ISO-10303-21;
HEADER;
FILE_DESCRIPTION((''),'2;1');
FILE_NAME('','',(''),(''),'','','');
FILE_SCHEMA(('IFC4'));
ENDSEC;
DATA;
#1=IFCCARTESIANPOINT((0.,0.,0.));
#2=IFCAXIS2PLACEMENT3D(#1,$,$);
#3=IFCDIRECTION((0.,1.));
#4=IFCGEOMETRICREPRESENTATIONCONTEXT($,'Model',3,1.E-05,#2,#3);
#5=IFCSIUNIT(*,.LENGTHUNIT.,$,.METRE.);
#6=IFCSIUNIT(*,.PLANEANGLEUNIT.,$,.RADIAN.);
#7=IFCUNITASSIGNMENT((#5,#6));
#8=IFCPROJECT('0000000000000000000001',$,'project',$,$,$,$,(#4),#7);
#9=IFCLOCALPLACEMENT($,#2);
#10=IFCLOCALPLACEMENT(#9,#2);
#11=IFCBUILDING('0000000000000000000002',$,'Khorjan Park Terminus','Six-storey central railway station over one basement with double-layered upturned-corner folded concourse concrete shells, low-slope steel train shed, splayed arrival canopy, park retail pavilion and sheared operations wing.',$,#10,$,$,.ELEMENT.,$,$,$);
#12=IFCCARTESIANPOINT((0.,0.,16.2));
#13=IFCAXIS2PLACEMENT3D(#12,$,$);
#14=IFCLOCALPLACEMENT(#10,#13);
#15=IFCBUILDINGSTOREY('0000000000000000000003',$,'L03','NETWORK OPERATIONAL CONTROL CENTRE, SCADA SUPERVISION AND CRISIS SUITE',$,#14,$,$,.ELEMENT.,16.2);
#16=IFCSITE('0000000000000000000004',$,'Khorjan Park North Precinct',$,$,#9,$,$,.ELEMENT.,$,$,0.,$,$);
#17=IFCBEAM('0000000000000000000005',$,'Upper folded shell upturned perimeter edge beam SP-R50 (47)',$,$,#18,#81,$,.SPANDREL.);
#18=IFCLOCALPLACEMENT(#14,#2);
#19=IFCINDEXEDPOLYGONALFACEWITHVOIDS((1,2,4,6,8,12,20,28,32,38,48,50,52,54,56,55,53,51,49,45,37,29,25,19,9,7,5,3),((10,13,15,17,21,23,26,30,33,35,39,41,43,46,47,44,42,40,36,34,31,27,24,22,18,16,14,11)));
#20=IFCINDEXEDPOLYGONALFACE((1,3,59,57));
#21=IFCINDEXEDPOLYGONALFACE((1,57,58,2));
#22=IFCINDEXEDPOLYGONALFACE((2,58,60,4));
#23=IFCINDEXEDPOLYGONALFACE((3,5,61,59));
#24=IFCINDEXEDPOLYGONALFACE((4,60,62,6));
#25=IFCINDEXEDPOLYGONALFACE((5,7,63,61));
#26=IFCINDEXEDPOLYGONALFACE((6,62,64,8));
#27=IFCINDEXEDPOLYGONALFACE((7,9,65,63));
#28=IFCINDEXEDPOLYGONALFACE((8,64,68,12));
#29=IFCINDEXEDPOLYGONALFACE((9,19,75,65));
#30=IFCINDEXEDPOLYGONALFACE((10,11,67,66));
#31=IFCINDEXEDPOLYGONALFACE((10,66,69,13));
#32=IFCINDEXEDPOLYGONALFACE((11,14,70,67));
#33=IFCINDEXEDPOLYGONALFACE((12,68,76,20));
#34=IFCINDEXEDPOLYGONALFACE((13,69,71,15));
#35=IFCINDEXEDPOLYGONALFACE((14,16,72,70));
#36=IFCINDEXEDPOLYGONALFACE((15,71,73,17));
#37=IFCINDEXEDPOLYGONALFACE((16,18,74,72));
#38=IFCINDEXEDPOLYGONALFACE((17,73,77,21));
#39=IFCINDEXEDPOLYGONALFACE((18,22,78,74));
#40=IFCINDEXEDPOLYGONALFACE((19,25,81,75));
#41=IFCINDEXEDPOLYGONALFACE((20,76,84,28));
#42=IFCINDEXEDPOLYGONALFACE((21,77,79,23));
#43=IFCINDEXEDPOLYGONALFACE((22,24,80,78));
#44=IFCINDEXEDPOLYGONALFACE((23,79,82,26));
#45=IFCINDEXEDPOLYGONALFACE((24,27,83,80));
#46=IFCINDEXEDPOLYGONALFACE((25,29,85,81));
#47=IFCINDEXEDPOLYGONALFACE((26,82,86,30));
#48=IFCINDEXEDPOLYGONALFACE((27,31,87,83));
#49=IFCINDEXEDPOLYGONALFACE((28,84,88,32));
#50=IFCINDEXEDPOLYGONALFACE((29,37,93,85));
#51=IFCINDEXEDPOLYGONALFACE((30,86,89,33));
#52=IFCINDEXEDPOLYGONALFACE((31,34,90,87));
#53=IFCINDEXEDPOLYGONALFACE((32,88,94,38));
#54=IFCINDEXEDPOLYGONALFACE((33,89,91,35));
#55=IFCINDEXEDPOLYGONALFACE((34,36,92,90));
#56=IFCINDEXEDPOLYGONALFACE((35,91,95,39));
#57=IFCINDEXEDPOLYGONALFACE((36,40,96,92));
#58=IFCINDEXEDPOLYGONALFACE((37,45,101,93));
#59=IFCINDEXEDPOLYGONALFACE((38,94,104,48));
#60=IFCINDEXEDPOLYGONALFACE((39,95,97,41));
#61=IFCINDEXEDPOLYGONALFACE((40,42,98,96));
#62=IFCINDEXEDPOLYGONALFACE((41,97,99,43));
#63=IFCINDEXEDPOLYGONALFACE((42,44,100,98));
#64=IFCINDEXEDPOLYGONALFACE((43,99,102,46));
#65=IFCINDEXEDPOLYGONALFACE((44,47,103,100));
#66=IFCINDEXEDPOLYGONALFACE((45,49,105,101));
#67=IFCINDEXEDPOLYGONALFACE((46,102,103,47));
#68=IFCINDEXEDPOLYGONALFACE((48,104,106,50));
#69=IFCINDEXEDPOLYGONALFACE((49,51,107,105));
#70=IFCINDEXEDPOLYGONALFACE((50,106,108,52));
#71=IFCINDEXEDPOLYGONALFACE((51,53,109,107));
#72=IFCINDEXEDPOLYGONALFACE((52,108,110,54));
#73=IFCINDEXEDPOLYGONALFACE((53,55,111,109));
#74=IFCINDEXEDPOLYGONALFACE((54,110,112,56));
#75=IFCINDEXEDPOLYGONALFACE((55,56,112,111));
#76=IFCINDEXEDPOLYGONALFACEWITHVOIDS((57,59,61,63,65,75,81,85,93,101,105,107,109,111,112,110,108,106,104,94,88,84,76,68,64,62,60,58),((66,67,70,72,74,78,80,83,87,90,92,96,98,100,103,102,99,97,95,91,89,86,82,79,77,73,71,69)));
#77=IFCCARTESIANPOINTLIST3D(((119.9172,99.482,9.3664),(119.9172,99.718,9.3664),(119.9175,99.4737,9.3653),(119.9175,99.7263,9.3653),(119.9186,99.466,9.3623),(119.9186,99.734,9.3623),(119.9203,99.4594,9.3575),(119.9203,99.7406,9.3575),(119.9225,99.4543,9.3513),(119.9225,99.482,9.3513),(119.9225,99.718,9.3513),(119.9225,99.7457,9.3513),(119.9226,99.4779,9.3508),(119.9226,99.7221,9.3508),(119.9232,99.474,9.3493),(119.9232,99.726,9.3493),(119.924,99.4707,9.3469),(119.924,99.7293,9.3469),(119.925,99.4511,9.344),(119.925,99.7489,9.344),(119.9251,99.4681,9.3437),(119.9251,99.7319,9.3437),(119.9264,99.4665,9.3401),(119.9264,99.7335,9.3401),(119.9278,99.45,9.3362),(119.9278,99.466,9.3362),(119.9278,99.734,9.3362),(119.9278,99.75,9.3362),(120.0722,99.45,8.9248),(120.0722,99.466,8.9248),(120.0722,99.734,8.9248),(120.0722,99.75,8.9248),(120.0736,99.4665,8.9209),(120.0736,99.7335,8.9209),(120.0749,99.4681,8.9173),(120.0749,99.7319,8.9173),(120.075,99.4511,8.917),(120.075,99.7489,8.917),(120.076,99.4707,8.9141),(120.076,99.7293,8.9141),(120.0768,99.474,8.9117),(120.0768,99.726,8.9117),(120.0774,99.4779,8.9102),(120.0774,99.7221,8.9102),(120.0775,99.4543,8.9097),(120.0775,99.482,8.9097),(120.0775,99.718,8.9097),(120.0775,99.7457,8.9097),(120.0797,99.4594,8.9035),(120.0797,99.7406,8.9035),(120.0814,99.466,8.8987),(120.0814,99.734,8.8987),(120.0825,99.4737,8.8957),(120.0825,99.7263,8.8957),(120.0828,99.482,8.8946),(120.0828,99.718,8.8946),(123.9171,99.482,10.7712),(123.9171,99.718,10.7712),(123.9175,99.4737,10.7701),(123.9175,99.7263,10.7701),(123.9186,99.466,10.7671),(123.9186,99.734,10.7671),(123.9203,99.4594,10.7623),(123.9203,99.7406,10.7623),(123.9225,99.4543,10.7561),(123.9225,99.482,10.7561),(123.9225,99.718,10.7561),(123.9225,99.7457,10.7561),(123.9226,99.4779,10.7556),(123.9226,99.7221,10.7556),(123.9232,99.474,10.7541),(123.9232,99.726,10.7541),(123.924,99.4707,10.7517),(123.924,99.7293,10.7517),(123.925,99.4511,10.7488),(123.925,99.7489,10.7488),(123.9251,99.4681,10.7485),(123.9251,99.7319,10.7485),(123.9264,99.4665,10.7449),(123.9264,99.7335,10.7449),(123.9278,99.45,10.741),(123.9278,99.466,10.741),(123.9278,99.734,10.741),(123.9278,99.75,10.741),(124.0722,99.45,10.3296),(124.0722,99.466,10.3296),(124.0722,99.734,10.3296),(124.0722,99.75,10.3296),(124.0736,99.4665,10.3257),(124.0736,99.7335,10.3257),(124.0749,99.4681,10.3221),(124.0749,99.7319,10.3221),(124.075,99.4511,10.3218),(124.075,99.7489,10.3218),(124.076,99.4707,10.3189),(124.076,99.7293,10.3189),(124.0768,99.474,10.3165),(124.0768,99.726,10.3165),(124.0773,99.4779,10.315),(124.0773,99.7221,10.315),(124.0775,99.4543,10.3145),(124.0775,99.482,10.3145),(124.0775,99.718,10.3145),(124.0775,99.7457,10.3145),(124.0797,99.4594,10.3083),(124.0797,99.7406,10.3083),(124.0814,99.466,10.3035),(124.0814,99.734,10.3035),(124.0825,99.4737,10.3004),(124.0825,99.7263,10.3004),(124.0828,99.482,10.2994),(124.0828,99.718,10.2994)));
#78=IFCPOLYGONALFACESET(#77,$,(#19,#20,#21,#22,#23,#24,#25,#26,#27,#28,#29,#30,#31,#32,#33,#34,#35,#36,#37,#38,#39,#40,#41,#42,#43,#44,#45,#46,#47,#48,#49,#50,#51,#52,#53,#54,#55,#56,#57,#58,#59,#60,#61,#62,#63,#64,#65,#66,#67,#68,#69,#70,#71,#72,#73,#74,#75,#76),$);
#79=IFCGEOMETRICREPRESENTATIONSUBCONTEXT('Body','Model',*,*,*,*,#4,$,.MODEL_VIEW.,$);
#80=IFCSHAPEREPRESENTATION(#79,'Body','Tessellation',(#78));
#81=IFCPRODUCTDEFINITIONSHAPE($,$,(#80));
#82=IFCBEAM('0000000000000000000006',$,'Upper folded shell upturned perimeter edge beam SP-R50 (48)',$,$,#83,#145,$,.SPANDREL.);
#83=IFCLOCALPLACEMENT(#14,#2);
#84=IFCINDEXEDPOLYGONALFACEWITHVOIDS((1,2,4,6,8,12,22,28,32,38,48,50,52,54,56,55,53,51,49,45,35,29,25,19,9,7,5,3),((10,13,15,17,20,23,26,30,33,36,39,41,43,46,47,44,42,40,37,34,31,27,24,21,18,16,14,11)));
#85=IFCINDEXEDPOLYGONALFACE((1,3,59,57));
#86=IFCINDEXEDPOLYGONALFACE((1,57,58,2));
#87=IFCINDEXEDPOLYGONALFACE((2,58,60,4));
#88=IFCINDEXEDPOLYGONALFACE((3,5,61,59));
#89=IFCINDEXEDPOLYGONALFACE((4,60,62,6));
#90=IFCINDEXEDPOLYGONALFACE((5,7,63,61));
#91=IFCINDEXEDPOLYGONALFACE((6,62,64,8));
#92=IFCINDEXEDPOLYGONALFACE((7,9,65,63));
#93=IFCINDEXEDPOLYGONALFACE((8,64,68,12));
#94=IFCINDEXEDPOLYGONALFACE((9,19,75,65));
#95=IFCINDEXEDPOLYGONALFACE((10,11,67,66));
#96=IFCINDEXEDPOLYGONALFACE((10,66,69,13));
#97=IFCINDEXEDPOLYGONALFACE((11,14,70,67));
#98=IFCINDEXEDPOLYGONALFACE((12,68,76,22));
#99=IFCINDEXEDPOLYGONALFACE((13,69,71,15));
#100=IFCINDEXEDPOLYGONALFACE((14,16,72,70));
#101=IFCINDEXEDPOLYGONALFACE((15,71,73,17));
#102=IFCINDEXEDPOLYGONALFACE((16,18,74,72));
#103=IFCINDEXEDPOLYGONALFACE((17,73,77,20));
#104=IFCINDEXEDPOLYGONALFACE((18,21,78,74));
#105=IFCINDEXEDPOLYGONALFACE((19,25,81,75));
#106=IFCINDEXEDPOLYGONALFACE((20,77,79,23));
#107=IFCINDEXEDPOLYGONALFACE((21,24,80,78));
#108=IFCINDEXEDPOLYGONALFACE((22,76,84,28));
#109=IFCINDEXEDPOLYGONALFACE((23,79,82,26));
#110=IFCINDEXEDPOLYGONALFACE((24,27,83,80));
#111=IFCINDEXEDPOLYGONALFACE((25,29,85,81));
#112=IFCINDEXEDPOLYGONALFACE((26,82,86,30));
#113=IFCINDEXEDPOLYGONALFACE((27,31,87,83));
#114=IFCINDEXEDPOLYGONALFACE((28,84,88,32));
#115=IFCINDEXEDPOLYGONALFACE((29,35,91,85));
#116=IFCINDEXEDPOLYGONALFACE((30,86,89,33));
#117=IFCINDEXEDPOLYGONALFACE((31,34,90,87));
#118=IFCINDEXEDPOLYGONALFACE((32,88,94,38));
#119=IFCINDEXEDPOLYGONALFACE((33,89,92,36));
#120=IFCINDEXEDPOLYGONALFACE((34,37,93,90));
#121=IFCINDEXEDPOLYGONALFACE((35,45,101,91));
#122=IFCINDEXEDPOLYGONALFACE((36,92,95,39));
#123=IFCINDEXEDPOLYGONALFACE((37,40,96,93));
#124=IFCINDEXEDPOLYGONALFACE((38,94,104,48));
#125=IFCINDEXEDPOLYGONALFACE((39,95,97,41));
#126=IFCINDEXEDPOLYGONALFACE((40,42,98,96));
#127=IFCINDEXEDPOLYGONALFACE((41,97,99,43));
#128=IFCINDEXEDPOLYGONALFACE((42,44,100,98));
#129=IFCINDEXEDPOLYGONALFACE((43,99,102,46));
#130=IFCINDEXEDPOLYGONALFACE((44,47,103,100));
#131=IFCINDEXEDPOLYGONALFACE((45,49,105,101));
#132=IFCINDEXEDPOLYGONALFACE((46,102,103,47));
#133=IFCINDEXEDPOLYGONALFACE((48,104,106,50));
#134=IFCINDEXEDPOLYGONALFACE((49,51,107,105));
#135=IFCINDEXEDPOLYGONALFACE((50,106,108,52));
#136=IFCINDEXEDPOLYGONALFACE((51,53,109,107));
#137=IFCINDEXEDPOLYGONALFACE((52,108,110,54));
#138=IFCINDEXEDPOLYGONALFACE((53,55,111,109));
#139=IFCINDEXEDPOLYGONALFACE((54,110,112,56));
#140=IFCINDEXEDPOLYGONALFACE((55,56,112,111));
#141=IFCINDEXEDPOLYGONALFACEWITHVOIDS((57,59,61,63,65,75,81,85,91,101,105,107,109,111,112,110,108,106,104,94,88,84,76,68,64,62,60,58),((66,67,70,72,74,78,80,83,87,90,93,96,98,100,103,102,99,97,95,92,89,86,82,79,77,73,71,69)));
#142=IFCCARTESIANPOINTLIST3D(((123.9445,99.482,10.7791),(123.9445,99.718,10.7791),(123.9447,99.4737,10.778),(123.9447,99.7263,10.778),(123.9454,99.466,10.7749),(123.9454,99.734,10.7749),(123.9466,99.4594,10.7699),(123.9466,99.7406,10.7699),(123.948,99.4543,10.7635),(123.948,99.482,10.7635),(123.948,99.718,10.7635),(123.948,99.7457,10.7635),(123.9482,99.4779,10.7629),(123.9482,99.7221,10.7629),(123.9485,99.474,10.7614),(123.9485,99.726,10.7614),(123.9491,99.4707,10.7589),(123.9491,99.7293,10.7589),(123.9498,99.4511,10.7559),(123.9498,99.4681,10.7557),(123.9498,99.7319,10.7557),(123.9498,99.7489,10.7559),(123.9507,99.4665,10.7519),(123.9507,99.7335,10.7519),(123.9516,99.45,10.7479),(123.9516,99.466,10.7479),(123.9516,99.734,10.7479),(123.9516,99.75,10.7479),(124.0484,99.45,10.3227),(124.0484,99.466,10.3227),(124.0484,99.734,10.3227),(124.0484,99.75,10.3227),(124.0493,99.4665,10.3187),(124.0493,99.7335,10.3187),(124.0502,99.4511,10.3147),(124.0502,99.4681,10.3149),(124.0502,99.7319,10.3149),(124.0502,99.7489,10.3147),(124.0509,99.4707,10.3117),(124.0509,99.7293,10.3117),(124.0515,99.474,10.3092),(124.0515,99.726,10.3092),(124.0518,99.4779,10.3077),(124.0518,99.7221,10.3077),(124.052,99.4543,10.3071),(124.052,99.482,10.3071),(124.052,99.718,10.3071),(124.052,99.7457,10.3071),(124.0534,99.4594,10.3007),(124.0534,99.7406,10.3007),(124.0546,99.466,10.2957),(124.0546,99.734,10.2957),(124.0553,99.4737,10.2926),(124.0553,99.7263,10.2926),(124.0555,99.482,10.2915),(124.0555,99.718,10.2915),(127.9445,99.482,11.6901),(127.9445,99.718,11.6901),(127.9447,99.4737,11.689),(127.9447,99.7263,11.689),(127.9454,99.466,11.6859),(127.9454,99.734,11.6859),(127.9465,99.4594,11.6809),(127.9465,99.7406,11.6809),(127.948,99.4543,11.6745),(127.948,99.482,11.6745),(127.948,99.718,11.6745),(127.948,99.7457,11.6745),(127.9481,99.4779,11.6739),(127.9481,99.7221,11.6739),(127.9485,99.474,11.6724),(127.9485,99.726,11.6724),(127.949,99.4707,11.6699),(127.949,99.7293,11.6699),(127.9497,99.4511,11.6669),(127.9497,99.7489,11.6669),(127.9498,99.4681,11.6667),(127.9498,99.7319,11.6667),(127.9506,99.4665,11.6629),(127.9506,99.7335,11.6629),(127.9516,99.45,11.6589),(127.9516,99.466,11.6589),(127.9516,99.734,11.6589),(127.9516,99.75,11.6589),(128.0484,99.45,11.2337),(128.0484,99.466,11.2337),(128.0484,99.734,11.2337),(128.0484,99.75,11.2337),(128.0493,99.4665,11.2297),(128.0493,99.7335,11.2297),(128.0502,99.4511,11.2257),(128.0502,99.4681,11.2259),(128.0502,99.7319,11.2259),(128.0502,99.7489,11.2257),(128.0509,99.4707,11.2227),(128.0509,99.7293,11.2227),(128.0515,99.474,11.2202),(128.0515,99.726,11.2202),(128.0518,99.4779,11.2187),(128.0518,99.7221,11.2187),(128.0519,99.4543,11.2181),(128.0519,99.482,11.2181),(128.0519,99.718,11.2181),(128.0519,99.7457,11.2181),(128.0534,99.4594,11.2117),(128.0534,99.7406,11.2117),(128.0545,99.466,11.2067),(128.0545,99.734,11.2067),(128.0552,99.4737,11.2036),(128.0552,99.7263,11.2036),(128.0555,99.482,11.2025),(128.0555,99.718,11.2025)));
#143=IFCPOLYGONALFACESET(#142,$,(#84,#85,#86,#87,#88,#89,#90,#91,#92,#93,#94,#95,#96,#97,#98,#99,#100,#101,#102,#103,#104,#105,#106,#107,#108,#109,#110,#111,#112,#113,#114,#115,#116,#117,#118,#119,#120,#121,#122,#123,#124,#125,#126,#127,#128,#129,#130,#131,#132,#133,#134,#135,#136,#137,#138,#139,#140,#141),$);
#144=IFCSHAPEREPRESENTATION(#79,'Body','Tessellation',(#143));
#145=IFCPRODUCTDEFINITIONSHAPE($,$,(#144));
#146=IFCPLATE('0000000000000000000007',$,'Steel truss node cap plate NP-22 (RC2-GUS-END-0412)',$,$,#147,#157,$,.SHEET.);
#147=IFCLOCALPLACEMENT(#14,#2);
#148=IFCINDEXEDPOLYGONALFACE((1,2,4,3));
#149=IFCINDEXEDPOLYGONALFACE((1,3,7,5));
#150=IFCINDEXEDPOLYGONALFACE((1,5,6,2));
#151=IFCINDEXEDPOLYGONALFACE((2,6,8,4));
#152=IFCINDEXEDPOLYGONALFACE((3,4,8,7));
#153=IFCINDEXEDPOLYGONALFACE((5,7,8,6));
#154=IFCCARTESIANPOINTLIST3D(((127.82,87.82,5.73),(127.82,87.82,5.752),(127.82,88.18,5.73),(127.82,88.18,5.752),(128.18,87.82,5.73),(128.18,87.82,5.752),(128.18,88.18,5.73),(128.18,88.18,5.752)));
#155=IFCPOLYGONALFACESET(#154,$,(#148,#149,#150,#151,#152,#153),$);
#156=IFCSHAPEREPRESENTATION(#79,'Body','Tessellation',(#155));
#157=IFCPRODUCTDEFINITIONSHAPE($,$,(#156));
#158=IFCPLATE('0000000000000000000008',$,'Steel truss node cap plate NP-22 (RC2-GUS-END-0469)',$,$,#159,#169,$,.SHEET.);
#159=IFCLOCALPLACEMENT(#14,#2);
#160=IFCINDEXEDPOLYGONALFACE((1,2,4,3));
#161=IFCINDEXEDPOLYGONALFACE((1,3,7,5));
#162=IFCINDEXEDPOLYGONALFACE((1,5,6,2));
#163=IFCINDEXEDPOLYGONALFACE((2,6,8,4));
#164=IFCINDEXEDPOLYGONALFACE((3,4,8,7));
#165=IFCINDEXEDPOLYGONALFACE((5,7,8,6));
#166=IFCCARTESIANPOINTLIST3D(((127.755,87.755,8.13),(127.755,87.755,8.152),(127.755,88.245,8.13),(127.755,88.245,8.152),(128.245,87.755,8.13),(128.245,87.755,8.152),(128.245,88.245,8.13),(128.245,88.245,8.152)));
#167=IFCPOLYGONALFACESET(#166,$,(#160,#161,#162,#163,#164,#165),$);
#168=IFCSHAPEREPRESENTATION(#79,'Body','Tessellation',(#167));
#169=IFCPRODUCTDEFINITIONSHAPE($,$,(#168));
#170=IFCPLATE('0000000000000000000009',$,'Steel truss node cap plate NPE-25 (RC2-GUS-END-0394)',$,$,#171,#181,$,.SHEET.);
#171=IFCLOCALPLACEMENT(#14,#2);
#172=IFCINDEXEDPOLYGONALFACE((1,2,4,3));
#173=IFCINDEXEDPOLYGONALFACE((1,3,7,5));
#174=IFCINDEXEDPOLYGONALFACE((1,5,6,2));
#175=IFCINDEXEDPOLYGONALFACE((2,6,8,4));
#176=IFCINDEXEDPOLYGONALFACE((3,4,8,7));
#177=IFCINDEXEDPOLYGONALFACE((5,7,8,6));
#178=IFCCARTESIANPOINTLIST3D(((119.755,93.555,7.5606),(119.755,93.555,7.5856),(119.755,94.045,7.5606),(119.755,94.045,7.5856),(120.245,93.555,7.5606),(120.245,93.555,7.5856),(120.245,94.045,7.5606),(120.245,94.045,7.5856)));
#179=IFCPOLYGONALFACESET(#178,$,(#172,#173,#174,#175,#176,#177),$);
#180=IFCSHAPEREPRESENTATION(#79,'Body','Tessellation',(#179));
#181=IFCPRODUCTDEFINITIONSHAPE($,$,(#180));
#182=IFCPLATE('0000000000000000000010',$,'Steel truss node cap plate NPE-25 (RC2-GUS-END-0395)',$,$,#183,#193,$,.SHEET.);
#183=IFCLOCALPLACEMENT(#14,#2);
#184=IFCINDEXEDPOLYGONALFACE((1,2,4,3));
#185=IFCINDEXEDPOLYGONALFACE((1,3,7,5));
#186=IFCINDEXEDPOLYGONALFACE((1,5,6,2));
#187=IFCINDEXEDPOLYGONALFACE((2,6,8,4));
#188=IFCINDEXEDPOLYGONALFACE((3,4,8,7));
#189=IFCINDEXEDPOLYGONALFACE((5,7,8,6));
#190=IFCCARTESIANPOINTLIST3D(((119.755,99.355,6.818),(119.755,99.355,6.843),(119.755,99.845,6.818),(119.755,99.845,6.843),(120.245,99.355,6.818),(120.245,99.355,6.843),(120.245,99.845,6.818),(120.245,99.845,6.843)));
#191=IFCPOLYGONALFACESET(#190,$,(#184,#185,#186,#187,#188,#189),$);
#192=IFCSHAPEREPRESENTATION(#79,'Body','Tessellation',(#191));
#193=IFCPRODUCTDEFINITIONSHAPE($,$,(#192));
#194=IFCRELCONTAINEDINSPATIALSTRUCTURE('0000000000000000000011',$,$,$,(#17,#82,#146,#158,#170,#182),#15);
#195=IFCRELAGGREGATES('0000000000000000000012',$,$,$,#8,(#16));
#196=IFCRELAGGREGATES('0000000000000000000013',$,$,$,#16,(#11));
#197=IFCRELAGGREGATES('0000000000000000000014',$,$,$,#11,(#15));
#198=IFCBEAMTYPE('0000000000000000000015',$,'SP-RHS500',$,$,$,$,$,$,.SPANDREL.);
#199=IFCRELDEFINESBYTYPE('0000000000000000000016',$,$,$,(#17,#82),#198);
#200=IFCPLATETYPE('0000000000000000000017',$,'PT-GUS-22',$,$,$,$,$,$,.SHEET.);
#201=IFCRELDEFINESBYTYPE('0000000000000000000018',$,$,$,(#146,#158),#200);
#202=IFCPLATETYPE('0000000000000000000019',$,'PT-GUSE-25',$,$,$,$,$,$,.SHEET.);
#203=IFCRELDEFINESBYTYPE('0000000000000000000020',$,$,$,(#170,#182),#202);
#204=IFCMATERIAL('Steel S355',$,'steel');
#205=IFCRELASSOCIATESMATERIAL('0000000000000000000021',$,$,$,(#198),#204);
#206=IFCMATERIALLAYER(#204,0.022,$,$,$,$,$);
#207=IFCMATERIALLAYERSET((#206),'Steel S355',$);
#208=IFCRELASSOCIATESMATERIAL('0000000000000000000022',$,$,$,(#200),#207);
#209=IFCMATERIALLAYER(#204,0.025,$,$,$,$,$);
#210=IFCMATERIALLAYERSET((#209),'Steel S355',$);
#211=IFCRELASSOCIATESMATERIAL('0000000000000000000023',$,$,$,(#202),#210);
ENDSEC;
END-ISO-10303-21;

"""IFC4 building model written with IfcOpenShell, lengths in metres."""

from ifc_helpers import new_model, si_unit, direction, frame, origin, origin_2d, place, context, subcontext, project, spatial, rectangle, hollow_rectangle, extrude, material, layer, layer_set, material_profile, profile_set, type_object, element, save


model = new_model("IFC4")

# Units and contexts
model_context = context("Model", 3, precision=1e-05, world=origin(), true_north=direction((0.0, 1.0)))
body_context = subcontext(model_context, "Body", "Model", "MODEL_VIEW")
ifc_project = project(units=[si_unit("LENGTHUNIT", "METRE"), si_unit("PLANEANGLEUNIT", "RADIAN")], contexts=[model_context])

# Site, building, storey
site_placement = place(None, origin())
site = spatial("IfcSite", under=ifc_project, at=site_placement, Name="Khorjan Park North Precinct", CompositionType="ELEMENT", RefElevation=0.0)
building_placement = place(site_placement, origin())
building = spatial("IfcBuilding", under=site, at=building_placement, Name="Khorjan Park Terminus", Description="Six-storey central railway station over one basement with double-layered upturned-corner folded concourse concrete shells, low-slope steel train shed, splayed arrival canopy, park retail pavilion and sheared operations wing.", CompositionType="ELEMENT")
storey_placement = place(building_placement, frame((0.0, 0.0, 16.2)))
storey = spatial("IfcBuildingStorey", under=building, at=storey_placement, Name="L03", Description="NETWORK OPERATIONAL CONTROL CENTRE, SCADA SUPERVISION AND CRISIS SUITE", CompositionType="ELEMENT", Elevation=16.2)

# Shared definitions
ifc_material_1 = material(Name="Steel S355", Category="steel")

# Beams
ifc_material_profile_1 = material_profile(ifc_material_1, hollow_rectangle(XDim=0.3, YDim=0.5, WallThickness=0.016, InnerFilletRadius=0.016, OuterFilletRadius=0.032, at=origin_2d()), Name="RHS 500x300x16")
ifc_profile_set_1 = profile_set([ifc_material_profile_1], Name="Steel S355")
beam_type_1 = type_object("IfcBeamType", Name="SP-RHS500", PredefinedType="SPANDREL", material=ifc_profile_set_1)
beam_1_placement = place(storey_placement, frame((120.0, 99.6, 9.1305), z_axis=(0.943505, 0.0, 0.331359), x_axis=(0.0, 1.0, 0.0)))
element("IfcBeam", 1, at=beam_1_placement, inside=storey, type_object=beam_type_1, Name="Upper folded shell upturned perimeter edge beam SP-R50 (47)", PredefinedType="SPANDREL", context=body_context, shape_type="SweptSolid", body=[
    extrude(hollow_rectangle(XDim=0.3, YDim=0.5, WallThickness=0.016, InnerFilletRadius=0.016, OuterFilletRadius=0.032, at=origin_2d()), origin(), (0.0, 0.0, 1.0), 4.2395),
])
beam_2_placement = place(storey_placement, frame((124.0, 99.6, 10.5353), z_axis=(0.975032, 0.0, 0.222064), x_axis=(0.0, 1.0, 0.0)))
element("IfcBeam", 2, at=beam_2_placement, inside=storey, type_object=beam_type_1, Name="Upper folded shell upturned perimeter edge beam SP-R50 (48)", PredefinedType="SPANDREL", context=body_context, shape_type="SweptSolid", body=[
    extrude(hollow_rectangle(XDim=0.3, YDim=0.5, WallThickness=0.016, InnerFilletRadius=0.016, OuterFilletRadius=0.032, at=origin_2d()), origin(), (0.0, 0.0, 1.0), 4.1024),
])

# Plates
ifc_layer_1 = layer(ifc_material_1, 0.022)
ifc_layer_set_1 = layer_set([ifc_layer_1], Name="Steel S355")
plate_type_1 = type_object("IfcPlateType", Name="PT-GUS-22", PredefinedType="SHEET", material=ifc_layer_set_1)
plate_1_placement = place(storey_placement, frame((128.0, 88.0, 5.73), z_axis=(0.0, 0.0, 1.0), x_axis=(1.0, 0.0, 0.0)))
element("IfcPlate", 3, at=plate_1_placement, inside=storey, type_object=plate_type_1, Name="Steel truss node cap plate NP-22 (RC2-GUS-END-0412)", PredefinedType="SHEET", context=body_context, shape_type="SweptSolid", body=[
    extrude(rectangle(XDim=0.36, YDim=0.36, at=origin_2d()), origin(), (0.0, 0.0, 1.0), 0.022),
])
plate_2_placement = place(storey_placement, frame((128.0, 88.0, 8.13), z_axis=(0.0, 0.0, 1.0), x_axis=(1.0, 0.0, 0.0)))
element("IfcPlate", 4, at=plate_2_placement, inside=storey, type_object=plate_type_1, Name="Steel truss node cap plate NP-22 (RC2-GUS-END-0469)", PredefinedType="SHEET", context=body_context, shape_type="SweptSolid", body=[
    extrude(rectangle(XDim=0.49, YDim=0.49, at=origin_2d()), origin(), (0.0, 0.0, 1.0), 0.022),
])
ifc_layer_2 = layer(ifc_material_1, 0.025)
ifc_layer_set_2 = layer_set([ifc_layer_2], Name="Steel S355")
plate_type_2 = type_object("IfcPlateType", Name="PT-GUSE-25", PredefinedType="SHEET", material=ifc_layer_set_2)
for number, where, z_axis, x_axis, name in (
    (5, (120.0, 93.8, 7.5606), (0.0, 0.0, 1.0), (1.0, 0.0, 0.0), "Steel truss node cap plate NPE-25 (RC2-GUS-END-0394)"),
    (6, (120.0, 99.6, 6.818), (0.0, 0.0, 1.0), (1.0, 0.0, 0.0), "Steel truss node cap plate NPE-25 (RC2-GUS-END-0395)"),
):
    element("IfcPlate", number, at=place(storey_placement, frame(where, z_axis=z_axis, x_axis=x_axis)), inside=storey, type_object=plate_type_2, Name=name, PredefinedType="SHEET", context=body_context, shape_type="SweptSolid", body=[
        extrude(rectangle(XDim=0.49, YDim=0.49, at=origin_2d()), origin(), (0.0, 0.0, 1.0), 0.025),
    ])

save(model, "model.ifc")
